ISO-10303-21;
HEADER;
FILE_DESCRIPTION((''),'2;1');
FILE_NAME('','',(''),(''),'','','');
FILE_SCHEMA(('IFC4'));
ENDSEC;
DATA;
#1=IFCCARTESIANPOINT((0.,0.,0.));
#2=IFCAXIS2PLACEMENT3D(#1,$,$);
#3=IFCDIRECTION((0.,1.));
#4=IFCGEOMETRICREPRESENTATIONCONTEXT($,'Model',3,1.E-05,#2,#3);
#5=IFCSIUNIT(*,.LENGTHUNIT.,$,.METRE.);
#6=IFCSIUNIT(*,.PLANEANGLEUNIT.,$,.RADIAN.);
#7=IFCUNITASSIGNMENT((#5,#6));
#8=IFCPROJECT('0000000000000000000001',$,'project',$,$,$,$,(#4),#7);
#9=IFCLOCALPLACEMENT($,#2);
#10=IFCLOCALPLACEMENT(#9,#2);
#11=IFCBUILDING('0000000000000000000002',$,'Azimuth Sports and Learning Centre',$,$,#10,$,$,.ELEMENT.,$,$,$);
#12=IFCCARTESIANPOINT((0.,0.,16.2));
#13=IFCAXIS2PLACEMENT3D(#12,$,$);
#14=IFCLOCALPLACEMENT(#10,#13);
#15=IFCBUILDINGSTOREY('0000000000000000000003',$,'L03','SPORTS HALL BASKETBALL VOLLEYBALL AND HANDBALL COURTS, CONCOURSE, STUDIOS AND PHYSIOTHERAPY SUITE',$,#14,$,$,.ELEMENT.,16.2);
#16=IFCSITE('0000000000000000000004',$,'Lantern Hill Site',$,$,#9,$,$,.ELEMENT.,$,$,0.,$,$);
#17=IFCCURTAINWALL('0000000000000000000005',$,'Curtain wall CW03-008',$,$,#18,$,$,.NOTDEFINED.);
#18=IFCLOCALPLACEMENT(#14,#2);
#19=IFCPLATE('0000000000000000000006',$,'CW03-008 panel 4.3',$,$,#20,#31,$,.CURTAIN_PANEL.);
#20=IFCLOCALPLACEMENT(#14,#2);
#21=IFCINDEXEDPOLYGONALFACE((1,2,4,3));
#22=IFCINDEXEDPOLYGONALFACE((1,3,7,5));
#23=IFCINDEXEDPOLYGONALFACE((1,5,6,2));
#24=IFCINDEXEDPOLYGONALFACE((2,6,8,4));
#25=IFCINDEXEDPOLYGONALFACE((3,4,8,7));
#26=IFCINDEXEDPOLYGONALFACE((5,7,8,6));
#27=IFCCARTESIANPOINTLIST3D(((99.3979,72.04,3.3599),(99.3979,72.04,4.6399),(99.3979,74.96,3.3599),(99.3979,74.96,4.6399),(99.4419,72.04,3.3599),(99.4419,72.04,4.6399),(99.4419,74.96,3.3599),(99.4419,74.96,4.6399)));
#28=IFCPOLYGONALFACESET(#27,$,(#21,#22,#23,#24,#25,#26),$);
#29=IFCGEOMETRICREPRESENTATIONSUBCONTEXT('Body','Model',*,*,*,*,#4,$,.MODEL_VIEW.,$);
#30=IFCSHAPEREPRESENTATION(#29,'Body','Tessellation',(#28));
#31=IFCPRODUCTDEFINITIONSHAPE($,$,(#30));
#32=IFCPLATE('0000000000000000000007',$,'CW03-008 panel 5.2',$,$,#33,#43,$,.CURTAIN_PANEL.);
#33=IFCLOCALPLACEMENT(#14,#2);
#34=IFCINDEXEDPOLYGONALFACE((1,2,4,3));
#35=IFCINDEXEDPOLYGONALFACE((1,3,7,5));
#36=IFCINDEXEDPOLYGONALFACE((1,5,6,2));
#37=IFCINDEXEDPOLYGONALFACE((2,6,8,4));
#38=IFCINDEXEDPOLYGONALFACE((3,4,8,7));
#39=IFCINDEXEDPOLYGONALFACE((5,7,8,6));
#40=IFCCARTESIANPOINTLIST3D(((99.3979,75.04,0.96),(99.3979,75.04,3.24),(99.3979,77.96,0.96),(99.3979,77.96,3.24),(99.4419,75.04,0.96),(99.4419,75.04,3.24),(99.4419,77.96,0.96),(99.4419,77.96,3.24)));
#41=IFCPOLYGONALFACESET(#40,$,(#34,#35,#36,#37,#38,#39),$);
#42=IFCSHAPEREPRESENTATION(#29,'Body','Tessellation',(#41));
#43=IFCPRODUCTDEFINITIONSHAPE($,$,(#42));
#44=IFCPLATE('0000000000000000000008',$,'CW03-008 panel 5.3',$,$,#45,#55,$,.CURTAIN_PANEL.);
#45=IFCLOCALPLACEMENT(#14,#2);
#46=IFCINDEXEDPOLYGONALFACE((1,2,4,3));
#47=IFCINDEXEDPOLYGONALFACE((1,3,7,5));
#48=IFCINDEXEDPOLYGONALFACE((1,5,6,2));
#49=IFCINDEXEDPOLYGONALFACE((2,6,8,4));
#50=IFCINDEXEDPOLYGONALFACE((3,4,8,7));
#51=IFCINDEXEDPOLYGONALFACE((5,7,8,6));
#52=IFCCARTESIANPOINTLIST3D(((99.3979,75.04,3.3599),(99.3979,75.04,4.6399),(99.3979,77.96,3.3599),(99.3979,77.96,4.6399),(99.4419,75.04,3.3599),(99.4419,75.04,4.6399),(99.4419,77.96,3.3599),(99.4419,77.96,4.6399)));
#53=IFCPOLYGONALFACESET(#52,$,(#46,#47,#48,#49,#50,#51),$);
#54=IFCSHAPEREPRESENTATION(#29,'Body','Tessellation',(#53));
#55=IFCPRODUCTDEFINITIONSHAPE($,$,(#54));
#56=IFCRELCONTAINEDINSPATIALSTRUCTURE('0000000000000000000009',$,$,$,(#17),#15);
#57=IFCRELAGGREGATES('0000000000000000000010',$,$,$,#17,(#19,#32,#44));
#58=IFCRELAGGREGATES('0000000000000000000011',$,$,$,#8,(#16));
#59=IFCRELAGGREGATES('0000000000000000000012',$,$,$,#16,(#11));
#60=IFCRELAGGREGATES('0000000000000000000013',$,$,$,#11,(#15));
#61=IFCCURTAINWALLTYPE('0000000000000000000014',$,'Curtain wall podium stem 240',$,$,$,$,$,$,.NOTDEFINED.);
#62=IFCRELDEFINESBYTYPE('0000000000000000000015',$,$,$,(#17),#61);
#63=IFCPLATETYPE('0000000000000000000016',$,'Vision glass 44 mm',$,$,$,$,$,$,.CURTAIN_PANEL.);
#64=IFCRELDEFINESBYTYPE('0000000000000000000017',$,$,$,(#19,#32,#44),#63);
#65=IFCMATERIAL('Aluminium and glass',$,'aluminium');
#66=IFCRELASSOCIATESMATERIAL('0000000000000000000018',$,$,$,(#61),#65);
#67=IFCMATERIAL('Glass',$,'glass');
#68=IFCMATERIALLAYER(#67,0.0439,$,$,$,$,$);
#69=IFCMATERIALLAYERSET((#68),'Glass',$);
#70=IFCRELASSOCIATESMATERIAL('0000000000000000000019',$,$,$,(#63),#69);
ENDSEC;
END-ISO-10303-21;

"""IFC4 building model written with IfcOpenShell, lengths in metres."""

from ifc_helpers import new_model, si_unit, direction, frame, origin, origin_2d, place, context, subcontext, project, spatial, rectangle, extrude, material, layer, layer_set, type_object, element, aggregate, save


model = new_model("IFC4")

# Units and contexts
model_context = context("Model", 3, precision=1e-05, world=origin(), true_north=direction((0.0, 1.0)))
body_context = subcontext(model_context, "Body", "Model", "MODEL_VIEW")
ifc_project = project(units=[si_unit("LENGTHUNIT", "METRE"), si_unit("PLANEANGLEUNIT", "RADIAN")], contexts=[model_context])

# Site, building, storey
site_placement = place(None, origin())
site = spatial("IfcSite", under=ifc_project, at=site_placement, Name="Lantern Hill Site", CompositionType="ELEMENT", RefElevation=0.0)
building_placement = place(site_placement, origin())
building = spatial("IfcBuilding", under=site, at=building_placement, Name="Azimuth Sports and Learning Centre", CompositionType="ELEMENT")
storey_placement = place(building_placement, frame((0.0, 0.0, 16.2)))
storey = spatial("IfcBuildingStorey", under=building, at=storey_placement, Name="L03", Description="SPORTS HALL BASKETBALL VOLLEYBALL AND HANDBALL COURTS, CONCOURSE, STUDIOS AND PHYSIOTHERAPY SUITE", CompositionType="ELEMENT", Elevation=16.2)

# Curtain wall, plates
ifc_material_1 = material(Name="Aluminium and glass", Category="aluminium")
curtain_wall_type = type_object("IfcCurtainWallType", Name="Curtain wall podium stem 240", PredefinedType="NOTDEFINED", material=ifc_material_1)
curtain_wall_placement = place(storey_placement, origin())
curtain_wall = element("IfcCurtainWall", 1, at=curtain_wall_placement, inside=storey, type_object=curtain_wall_type, Name="Curtain wall CW03-008", PredefinedType="NOTDEFINED")
ifc_material_2 = material(Name="Glass", Category="glass")
ifc_layer_1 = layer(ifc_material_2, 0.0439)
ifc_layer_set_1 = layer_set([ifc_layer_1], Name="Glass")
plate_type_1 = type_object("IfcPlateType", Name="Vision glass 44 mm", PredefinedType="CURTAIN_PANEL", material=ifc_layer_set_1)
plate_1_placement = place(storey_placement, frame((99.4199, 73.5, 3.3599), z_axis=(0.0, 0.0, 1.0), x_axis=(0.0, 1.0, 0.0)))
plate_1 = element("IfcPlate", 2, at=plate_1_placement, type_object=plate_type_1, Name="CW03-008 panel 4.3", PredefinedType="CURTAIN_PANEL", context=body_context, shape_type="SweptSolid", body=[
    extrude(rectangle(XDim=2.9199, YDim=0.0439, at=origin_2d()), origin(), (0.0, 0.0, 1.0), 1.28),
])
plate_2_placement = place(storey_placement, frame((99.4199, 76.5, 0.96), z_axis=(0.0, 0.0, 1.0), x_axis=(0.0, 1.0, 0.0)))
plate_2 = element("IfcPlate", 3, at=plate_2_placement, type_object=plate_type_1, Name="CW03-008 panel 5.2", PredefinedType="CURTAIN_PANEL", context=body_context, shape_type="SweptSolid", body=[
    extrude(rectangle(XDim=2.9199, YDim=0.0439, at=origin_2d()), origin(), (0.0, 0.0, 1.0), 2.28),
])
plate_3_placement = place(storey_placement, frame((99.4199, 76.5, 3.3599), z_axis=(0.0, 0.0, 1.0), x_axis=(0.0, 1.0, 0.0)))
plate_3 = element("IfcPlate", 4, at=plate_3_placement, type_object=plate_type_1, Name="CW03-008 panel 5.3", PredefinedType="CURTAIN_PANEL", context=body_context, shape_type="SweptSolid", body=[
    extrude(rectangle(XDim=2.9199, YDim=0.0439, at=origin_2d()), origin(), (0.0, 0.0, 1.0), 1.28),
])
aggregate(curtain_wall, [plate_1, plate_2, plate_3])

save(model, "model.ifc")
